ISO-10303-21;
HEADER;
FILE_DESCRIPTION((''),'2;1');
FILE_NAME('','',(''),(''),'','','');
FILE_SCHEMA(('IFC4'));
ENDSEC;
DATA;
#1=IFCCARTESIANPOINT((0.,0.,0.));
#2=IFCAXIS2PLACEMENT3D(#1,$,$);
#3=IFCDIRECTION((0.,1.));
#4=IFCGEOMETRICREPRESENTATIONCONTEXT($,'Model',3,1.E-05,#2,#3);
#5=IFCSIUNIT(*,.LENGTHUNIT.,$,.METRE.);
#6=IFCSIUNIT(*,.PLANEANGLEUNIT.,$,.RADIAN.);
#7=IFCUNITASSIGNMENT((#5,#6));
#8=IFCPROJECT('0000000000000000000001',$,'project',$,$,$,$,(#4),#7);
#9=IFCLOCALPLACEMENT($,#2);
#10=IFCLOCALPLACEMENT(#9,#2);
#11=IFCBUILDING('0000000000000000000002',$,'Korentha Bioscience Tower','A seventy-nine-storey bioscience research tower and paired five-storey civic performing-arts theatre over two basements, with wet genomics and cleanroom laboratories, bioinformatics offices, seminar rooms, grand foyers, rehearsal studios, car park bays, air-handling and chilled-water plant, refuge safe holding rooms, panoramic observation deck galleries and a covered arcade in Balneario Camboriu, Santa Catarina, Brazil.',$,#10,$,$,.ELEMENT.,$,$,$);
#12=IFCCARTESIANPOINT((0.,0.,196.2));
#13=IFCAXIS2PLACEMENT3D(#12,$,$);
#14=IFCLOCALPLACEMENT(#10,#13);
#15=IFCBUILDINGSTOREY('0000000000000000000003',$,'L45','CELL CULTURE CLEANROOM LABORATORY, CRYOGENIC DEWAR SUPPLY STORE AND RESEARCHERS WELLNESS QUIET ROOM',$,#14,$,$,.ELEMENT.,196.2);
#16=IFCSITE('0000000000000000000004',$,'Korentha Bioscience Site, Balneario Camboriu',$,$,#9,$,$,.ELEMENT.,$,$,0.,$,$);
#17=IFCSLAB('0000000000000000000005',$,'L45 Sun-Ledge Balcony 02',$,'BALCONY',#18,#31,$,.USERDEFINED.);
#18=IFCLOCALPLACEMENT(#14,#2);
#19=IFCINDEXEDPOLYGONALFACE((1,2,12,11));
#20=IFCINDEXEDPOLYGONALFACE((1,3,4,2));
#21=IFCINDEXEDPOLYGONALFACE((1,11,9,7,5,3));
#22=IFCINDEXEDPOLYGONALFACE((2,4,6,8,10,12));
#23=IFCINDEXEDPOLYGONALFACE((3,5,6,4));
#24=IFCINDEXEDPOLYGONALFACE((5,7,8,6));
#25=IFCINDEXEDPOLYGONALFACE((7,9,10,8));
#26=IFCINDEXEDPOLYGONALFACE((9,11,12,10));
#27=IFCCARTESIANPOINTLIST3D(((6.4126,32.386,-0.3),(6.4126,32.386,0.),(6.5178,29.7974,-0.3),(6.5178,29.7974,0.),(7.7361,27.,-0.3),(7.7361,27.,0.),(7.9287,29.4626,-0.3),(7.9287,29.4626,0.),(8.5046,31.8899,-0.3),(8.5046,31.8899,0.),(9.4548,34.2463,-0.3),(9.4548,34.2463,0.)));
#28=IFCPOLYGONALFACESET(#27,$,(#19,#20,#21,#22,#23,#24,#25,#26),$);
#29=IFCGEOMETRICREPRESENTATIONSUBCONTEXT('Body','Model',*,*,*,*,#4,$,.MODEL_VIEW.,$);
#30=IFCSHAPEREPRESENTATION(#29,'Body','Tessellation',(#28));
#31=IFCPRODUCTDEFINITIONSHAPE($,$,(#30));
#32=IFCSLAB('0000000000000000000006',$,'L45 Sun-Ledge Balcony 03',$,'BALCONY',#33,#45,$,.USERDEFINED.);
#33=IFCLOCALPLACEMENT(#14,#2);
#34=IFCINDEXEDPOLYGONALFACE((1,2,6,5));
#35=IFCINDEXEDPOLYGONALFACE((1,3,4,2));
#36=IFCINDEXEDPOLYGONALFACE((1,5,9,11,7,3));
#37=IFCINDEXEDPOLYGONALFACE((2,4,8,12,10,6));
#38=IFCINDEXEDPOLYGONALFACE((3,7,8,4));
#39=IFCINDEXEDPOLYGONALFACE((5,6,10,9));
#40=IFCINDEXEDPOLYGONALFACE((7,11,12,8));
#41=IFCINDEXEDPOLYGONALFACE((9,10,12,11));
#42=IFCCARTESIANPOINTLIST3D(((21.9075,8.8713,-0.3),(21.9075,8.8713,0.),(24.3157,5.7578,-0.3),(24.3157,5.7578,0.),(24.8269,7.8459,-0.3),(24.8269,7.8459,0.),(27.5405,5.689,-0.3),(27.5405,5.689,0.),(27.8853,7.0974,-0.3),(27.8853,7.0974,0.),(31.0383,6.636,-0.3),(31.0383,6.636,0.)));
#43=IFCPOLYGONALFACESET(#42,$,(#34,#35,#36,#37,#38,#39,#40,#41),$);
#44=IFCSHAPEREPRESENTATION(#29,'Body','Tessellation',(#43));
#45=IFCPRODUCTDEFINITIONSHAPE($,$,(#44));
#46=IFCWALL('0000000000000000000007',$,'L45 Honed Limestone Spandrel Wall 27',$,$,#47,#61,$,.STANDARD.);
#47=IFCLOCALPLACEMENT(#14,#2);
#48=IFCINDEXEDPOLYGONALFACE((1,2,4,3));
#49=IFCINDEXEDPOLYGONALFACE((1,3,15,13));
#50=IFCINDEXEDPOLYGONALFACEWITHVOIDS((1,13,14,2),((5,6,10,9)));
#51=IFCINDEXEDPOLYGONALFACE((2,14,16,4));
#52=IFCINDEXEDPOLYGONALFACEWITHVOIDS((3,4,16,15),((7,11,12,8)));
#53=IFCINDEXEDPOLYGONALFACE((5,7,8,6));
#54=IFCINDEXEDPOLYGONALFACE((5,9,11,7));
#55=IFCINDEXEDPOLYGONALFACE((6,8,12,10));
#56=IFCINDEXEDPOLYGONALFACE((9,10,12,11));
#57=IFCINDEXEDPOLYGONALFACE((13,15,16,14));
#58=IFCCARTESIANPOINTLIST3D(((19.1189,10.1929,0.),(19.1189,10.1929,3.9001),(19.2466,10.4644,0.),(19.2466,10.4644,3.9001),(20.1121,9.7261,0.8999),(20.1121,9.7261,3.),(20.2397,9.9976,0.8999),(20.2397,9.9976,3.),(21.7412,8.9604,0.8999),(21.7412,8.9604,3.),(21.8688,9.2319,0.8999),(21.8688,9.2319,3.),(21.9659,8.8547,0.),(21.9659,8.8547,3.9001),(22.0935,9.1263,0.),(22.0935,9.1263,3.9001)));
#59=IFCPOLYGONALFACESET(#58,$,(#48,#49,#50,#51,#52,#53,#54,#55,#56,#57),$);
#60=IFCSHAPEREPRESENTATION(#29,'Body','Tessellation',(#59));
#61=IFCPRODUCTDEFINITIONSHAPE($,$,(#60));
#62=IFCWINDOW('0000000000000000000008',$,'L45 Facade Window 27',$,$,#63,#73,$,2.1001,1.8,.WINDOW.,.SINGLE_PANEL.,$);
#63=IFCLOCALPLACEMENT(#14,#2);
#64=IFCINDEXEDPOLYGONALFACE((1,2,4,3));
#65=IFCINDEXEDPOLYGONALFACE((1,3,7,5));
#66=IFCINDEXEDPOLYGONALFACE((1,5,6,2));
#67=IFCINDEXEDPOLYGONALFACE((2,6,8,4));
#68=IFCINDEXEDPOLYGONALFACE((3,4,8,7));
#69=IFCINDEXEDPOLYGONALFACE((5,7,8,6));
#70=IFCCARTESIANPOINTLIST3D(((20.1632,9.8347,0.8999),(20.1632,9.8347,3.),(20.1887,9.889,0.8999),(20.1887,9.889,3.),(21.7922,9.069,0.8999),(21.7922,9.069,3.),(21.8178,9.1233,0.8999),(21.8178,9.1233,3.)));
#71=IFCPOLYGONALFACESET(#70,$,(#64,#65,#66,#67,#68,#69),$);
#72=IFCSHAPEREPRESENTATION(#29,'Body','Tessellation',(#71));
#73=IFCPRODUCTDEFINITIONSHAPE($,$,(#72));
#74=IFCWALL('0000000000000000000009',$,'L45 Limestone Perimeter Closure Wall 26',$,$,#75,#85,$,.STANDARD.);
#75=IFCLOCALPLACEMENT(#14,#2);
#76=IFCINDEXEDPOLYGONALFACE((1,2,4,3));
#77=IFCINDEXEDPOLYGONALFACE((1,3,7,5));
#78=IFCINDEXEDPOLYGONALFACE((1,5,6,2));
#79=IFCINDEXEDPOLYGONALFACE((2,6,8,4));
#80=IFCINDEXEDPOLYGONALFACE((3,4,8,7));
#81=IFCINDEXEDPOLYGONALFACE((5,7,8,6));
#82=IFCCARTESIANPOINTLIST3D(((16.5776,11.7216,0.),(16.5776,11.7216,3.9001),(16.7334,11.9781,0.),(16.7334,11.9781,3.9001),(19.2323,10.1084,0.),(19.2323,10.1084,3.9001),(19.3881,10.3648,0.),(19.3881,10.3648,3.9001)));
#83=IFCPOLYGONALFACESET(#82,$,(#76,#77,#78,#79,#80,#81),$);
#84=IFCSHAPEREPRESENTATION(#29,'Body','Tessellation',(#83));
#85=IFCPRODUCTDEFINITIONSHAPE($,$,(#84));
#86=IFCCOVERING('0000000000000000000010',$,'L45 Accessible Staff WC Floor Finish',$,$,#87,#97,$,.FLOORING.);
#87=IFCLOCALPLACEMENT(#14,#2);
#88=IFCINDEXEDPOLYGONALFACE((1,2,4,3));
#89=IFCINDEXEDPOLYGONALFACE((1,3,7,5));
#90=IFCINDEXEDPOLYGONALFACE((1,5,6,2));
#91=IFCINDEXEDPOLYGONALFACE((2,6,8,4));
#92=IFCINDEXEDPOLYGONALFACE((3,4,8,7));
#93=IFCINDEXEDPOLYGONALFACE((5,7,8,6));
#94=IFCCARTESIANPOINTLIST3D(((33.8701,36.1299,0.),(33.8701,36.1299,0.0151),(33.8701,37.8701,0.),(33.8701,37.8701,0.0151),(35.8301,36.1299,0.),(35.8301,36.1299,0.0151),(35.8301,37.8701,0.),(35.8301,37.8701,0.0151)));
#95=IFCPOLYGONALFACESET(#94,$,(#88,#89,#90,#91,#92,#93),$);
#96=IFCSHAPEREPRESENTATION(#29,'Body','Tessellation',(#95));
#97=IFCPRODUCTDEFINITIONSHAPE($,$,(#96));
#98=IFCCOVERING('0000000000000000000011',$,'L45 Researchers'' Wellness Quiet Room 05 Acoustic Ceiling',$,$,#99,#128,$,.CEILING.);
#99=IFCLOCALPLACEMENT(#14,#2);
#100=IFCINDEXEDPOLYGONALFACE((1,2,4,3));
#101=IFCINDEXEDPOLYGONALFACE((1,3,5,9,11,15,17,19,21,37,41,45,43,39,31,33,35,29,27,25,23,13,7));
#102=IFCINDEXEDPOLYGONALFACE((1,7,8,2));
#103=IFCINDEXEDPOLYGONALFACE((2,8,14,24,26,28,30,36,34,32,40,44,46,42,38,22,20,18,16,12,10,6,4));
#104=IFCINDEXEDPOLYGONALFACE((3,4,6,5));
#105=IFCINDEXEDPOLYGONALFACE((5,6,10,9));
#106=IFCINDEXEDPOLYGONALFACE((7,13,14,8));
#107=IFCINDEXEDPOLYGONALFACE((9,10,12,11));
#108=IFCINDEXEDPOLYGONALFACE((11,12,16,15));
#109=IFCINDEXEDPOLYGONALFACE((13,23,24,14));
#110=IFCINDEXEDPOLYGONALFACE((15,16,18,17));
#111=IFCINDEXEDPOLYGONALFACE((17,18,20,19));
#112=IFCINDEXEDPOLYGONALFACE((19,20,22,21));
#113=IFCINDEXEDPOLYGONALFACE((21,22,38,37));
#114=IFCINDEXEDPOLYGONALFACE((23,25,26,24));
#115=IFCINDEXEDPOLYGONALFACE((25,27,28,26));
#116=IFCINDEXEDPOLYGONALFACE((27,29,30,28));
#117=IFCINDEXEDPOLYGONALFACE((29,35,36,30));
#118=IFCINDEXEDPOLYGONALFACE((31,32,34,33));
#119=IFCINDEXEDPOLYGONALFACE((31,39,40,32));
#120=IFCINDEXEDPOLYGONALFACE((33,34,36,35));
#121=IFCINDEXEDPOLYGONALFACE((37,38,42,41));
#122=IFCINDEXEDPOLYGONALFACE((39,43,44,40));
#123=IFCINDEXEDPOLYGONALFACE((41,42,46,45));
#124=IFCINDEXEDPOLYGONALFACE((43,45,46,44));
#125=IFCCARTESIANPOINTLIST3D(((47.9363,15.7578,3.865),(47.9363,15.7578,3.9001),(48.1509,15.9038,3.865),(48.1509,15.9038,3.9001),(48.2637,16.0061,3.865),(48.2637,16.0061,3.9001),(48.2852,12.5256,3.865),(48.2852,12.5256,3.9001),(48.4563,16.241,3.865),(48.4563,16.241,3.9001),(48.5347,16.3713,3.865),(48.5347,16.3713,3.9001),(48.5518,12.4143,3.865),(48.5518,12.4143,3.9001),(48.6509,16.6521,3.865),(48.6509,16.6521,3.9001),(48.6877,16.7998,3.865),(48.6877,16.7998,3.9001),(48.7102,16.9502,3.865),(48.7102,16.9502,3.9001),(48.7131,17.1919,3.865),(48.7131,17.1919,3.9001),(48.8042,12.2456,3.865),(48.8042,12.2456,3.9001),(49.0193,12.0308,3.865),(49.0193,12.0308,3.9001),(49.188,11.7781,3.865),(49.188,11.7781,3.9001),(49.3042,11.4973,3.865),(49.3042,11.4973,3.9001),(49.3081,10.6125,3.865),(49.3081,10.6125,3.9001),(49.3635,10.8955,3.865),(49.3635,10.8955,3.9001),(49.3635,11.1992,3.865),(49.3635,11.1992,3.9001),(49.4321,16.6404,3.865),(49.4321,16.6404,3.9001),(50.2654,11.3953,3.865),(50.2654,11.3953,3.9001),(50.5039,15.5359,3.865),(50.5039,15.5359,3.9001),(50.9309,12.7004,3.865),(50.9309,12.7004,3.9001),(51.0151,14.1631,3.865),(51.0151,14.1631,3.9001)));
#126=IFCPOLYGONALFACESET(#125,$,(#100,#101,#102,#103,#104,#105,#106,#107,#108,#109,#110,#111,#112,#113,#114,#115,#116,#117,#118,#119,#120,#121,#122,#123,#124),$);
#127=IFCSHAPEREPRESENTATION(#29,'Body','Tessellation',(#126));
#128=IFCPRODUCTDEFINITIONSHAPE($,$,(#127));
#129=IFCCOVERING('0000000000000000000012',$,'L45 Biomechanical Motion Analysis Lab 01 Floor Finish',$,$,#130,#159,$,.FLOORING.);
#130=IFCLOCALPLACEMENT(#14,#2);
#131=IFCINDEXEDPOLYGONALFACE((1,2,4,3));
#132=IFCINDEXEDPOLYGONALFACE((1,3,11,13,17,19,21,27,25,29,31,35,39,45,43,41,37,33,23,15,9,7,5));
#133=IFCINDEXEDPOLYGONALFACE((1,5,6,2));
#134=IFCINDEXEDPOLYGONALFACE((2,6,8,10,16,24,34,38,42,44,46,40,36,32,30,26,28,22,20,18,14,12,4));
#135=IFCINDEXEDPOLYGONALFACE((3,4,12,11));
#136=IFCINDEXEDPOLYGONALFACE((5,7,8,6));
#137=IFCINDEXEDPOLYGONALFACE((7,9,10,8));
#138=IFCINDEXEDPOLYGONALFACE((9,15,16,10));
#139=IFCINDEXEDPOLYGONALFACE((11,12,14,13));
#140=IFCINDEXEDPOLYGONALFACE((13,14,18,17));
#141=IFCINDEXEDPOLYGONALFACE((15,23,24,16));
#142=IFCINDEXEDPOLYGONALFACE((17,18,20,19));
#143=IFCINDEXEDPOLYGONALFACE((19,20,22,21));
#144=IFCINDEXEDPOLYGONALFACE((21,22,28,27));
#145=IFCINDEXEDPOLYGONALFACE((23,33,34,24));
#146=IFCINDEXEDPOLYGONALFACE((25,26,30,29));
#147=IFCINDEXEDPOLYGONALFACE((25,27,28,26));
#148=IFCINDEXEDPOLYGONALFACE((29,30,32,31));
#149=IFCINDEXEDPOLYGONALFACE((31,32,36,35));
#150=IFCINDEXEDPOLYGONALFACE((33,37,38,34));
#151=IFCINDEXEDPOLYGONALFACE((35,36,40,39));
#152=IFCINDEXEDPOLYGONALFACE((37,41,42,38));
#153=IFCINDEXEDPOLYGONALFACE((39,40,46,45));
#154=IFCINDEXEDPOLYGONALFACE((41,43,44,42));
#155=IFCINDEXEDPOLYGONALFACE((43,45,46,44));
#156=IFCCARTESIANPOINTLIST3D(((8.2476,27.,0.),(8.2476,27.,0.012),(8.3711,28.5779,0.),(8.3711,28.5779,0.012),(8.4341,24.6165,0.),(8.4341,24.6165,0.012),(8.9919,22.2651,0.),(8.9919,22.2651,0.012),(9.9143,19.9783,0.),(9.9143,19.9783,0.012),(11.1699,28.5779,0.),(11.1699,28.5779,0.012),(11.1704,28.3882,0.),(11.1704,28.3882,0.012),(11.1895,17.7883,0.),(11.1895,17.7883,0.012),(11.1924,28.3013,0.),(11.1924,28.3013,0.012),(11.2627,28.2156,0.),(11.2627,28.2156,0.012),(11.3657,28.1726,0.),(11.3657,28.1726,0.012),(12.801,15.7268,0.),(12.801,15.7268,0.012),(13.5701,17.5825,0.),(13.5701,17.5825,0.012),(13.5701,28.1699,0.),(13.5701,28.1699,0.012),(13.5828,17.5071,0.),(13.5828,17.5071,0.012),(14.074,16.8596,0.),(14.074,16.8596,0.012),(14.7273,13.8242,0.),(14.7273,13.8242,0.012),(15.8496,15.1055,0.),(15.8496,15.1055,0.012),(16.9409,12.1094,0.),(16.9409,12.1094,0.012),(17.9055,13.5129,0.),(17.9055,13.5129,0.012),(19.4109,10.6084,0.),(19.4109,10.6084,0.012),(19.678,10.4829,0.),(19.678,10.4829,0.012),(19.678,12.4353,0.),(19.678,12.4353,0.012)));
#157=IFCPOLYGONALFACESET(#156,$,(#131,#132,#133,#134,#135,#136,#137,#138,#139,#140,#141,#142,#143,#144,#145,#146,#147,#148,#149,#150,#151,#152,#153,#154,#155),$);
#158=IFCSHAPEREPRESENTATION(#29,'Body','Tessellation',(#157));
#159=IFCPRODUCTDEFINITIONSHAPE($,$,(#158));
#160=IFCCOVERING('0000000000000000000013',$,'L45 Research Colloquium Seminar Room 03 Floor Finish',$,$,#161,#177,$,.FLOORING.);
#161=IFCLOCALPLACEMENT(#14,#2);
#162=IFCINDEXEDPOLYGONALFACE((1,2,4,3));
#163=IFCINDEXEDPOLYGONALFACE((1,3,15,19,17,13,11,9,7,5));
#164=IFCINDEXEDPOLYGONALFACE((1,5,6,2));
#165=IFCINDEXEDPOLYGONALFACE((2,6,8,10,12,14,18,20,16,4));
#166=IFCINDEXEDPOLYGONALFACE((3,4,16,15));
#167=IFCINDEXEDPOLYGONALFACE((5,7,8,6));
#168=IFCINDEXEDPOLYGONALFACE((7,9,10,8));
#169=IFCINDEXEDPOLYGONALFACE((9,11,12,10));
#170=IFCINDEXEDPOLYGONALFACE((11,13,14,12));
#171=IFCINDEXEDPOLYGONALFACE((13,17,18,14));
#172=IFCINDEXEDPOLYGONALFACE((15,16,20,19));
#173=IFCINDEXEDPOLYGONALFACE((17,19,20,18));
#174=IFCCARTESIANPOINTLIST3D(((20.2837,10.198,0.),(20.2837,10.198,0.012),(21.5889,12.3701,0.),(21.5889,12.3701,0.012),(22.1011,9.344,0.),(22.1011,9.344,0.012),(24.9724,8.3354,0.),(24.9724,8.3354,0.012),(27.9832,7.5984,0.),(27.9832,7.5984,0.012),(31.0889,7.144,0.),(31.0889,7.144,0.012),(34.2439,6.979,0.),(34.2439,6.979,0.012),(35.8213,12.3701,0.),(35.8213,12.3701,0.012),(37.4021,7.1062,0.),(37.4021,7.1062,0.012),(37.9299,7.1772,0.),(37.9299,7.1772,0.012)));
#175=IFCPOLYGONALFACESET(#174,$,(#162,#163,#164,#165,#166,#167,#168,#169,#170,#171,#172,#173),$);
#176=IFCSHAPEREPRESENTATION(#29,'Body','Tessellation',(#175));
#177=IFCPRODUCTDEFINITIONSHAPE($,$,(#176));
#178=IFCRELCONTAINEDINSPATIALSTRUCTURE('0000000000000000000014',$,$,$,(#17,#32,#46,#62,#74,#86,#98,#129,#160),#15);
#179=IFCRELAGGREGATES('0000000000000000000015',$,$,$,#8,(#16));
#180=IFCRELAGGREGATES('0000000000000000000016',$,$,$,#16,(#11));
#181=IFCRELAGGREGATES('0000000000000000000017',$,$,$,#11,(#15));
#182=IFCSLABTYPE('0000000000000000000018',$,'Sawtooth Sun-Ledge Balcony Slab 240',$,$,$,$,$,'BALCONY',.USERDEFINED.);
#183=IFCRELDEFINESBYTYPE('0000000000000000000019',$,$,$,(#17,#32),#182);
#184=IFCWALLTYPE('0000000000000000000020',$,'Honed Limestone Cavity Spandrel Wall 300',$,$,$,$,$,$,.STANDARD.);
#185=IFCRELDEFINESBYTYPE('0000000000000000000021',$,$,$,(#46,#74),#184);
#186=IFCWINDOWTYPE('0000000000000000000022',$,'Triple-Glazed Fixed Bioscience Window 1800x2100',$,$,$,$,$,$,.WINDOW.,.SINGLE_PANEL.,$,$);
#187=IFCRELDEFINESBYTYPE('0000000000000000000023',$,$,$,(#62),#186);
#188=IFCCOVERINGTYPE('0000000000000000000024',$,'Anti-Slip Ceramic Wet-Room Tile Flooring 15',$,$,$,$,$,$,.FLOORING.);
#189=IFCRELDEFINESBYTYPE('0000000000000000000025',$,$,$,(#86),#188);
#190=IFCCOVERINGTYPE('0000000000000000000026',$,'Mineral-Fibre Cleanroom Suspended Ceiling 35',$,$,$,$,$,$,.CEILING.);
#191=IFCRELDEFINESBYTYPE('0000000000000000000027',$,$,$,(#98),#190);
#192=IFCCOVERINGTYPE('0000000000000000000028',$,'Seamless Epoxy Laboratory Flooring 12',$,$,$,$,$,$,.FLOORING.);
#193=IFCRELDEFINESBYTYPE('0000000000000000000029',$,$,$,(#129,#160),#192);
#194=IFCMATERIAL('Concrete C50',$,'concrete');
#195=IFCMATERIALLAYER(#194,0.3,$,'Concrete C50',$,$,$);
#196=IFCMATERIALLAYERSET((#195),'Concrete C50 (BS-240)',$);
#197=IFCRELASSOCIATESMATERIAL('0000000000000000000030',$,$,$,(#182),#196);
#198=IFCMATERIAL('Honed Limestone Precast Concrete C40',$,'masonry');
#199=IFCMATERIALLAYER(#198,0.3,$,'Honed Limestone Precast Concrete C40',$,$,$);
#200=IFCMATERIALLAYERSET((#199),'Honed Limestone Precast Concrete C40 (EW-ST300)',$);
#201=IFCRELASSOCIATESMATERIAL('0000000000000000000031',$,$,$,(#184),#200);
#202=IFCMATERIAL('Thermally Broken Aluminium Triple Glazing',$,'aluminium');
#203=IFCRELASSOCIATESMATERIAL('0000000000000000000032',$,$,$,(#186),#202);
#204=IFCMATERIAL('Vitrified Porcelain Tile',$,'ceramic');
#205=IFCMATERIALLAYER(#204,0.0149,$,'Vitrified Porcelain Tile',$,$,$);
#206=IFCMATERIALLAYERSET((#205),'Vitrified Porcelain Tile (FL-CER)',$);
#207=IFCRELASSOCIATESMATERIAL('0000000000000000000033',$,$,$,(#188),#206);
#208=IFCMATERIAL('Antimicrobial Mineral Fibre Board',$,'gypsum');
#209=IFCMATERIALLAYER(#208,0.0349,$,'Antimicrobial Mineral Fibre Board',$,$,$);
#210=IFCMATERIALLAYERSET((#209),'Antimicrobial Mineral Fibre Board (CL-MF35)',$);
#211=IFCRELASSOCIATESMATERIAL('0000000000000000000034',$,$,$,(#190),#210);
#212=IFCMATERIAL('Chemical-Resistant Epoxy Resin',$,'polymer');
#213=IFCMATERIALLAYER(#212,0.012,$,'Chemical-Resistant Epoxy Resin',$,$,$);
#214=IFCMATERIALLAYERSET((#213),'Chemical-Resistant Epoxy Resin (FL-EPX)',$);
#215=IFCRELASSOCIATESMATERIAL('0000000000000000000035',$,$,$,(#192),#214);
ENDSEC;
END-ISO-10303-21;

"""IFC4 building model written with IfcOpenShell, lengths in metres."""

from ifc_helpers import new_model, si_unit, direction, frame, frame_2d, origin, place, context, subcontext, project, spatial, polyline, rectangle, outline, extrude, material, layer, layer_set, type_object, element, fill, save


model = new_model("IFC4")

# Units and contexts
model_context = context("Model", 3, precision=1e-05, world=origin(), true_north=direction((0.0, 1.0)))
body_context = subcontext(model_context, "Body", "Model", "MODEL_VIEW")
ifc_project = project(units=[si_unit("LENGTHUNIT", "METRE"), si_unit("PLANEANGLEUNIT", "RADIAN")], contexts=[model_context])

# Site, building, storey
site_placement = place(None, origin())
site = spatial("IfcSite", under=ifc_project, at=site_placement, Name="Korentha Bioscience Site, Balneario Camboriu", CompositionType="ELEMENT", RefElevation=0.0)
building_placement = place(site_placement, origin())
building = spatial("IfcBuilding", under=site, at=building_placement, Name="Korentha Bioscience Tower", Description="A seventy-nine-storey bioscience research tower and paired five-storey civic performing-arts theatre over two basements, with wet genomics and cleanroom laboratories, bioinformatics offices, seminar rooms, grand foyers, rehearsal studios, car park bays, air-handling and chilled-water plant, refuge safe holding rooms, panoramic observation deck galleries and a covered arcade in Balneario Camboriu, Santa Catarina, Brazil.", CompositionType="ELEMENT")
storey_placement = place(building_placement, frame((0.0, 0.0, 196.2)))
storey = spatial("IfcBuildingStorey", under=building, at=storey_placement, Name="L45", Description="CELL CULTURE CLEANROOM LABORATORY, CRYOGENIC DEWAR SUPPLY STORE AND RESEARCHERS WELLNESS QUIET ROOM", CompositionType="ELEMENT", Elevation=196.2)

# Shared definitions
ifc_material_1 = material(Name="Concrete C50", Category="concrete")

# Slabs
ifc_layer_1 = layer(ifc_material_1, 0.3, Name="Concrete C50")
ifc_layer_set_1 = layer_set([ifc_layer_1], Name="Concrete C50 (BS-240)")
slab_type_1 = type_object("IfcSlabType", Name="Sawtooth Sun-Ledge Balcony Slab 240", ElementType="BALCONY", PredefinedType="USERDEFINED", material=ifc_layer_set_1)
slab_1_placement = place(storey_placement, frame((0.0, 0.0, -0.3)))
element("IfcSlab", 1, at=slab_1_placement, inside=storey, type_object=slab_type_1, Name="L45 Sun-Ledge Balcony 02", ObjectType="BALCONY", PredefinedType="USERDEFINED", context=body_context, shape_type="SweptSolid", body=[
    extrude(outline(polyline([(7.7361, 27.0), (7.9287, 29.4626), (8.5046, 31.8899), (9.4548, 34.2463), (6.4126, 32.386), (6.5178, 29.7974), (7.7361, 27.0)])), origin(), (0.0, 0.0, 1.0), 0.3),
])
slab_2_placement = place(storey_placement, frame((0.0, 0.0, -0.3)))
element("IfcSlab", 2, at=slab_2_placement, inside=storey, type_object=slab_type_1, Name="L45 Sun-Ledge Balcony 03", ObjectType="BALCONY", PredefinedType="USERDEFINED", context=body_context, shape_type="SweptSolid", body=[
    extrude(outline(polyline([(31.0383, 6.636), (27.8853, 7.0974), (24.8269, 7.8459), (21.9075, 8.8713), (24.3157, 5.7578), (27.5405, 5.689), (31.0383, 6.636)])), origin(), (0.0, 0.0, 1.0), 0.3),
])

# Wall, opening, window
ifc_material_2 = material(Name="Honed Limestone Precast Concrete C40", Category="masonry")
ifc_layer_2 = layer(ifc_material_2, 0.3, Name="Honed Limestone Precast Concrete C40")
ifc_layer_set_2 = layer_set([ifc_layer_2], Name="Honed Limestone Precast Concrete C40 (EW-ST300)")
wall_type = type_object("IfcWallType", Name="Honed Limestone Cavity Spandrel Wall 300", PredefinedType="STANDARD", material=ifc_layer_set_2)
wall_1_placement = place(storey_placement, frame((19.1829, 10.3286, 0.0), z_axis=(0.0, 0.0, 1.0), x_axis=(0.905014, -0.425382, 0.0)))
wall_1 = element("IfcWall", 3, at=wall_1_placement, inside=storey, type_object=wall_type, Name="L45 Honed Limestone Spandrel Wall 27", PredefinedType="STANDARD", context=body_context, shape_type="SweptSolid", body=[
    extrude(rectangle(XDim=3.1458, YDim=0.3, at=frame_2d((1.5728, 0.0))), origin(), (0.0, 0.0, 1.0), 3.9001),
])
opening_placement = place(wall_1_placement, frame((1.0974, 0.0, 0.8999)))
opening = element("IfcOpeningElement", 4, at=opening_placement, cuts=wall_1, PredefinedType="OPENING", context=body_context, shape_type="SweptSolid", body=[
    extrude(rectangle(XDim=1.8, YDim=2.1001, at=frame_2d((0.8999, 1.05))), frame((0.0, 0.165, 0.0), z_axis=(0.0, -1.0, 0.0), x_axis=(1.0, 0.0, 0.0)), (0.0, 0.0, 1.0), 0.3298),
])
ifc_material_3 = material(Name="Thermally Broken Aluminium Triple Glazing", Category="aluminium")
window_type = type_object("IfcWindowType", Name="Triple-Glazed Fixed Bioscience Window 1800x2100", PartitioningType="SINGLE_PANEL", PredefinedType="WINDOW", material=ifc_material_3)
window_placement = place(opening_placement, origin())
window = element("IfcWindow", 5, at=window_placement, inside=storey, type_object=window_type, Name="L45 Facade Window 27", OverallHeight=2.1001, OverallWidth=1.8, PartitioningType="SINGLE_PANEL", PredefinedType="WINDOW", context=body_context, shape_type="SweptSolid", body=[
    extrude(rectangle(XDim=1.8, YDim=2.1001, at=frame_2d((0.8999, 1.05))), frame((0.0, 0.03, 0.0), z_axis=(0.0, -1.0, 0.0), x_axis=(1.0, 0.0, 0.0)), (0.0, 0.0, 1.0), 0.0601),
])
fill(opening, window)

# Wall
wall_2_placement = place(storey_placement, frame((16.6555, 11.8499, 0.0), z_axis=(0.0, 0.0, 1.0), x_axis=(0.854581, -0.519319, 0.0)))
element("IfcWall", 6, at=wall_2_placement, inside=storey, type_object=wall_type, Name="L45 Limestone Perimeter Closure Wall 26", PredefinedType="STANDARD", context=body_context, shape_type="SweptSolid", body=[
    extrude(rectangle(XDim=3.1064, YDim=0.3, at=frame_2d((1.5532, 0.0))), origin(), (0.0, 0.0, 1.0), 3.9001),
])

# Coverings
ifc_material_4 = material(Name="Vitrified Porcelain Tile", Category="ceramic")
ifc_layer_3 = layer(ifc_material_4, 0.0149, Name="Vitrified Porcelain Tile")
ifc_layer_set_3 = layer_set([ifc_layer_3], Name="Vitrified Porcelain Tile (FL-CER)")
covering_type_1 = type_object("IfcCoveringType", Name="Anti-Slip Ceramic Wet-Room Tile Flooring 15", PredefinedType="FLOORING", material=ifc_layer_set_3)
covering_1_placement = place(storey_placement, origin())
element("IfcCovering", 7, at=covering_1_placement, inside=storey, type_object=covering_type_1, Name="L45 Accessible Staff WC Floor Finish", PredefinedType="FLOORING", context=body_context, shape_type="SweptSolid", body=[
    extrude(outline(polyline([(33.8701, 36.1299), (33.8701, 37.8701), (35.8301, 37.8701), (35.8301, 36.1299), (33.8701, 36.1299)])), origin(), (0.0, 0.0, 1.0), 0.0151),
])
ifc_material_5 = material(Name="Antimicrobial Mineral Fibre Board", Category="gypsum")
ifc_layer_4 = layer(ifc_material_5, 0.0349, Name="Antimicrobial Mineral Fibre Board")
ifc_layer_set_4 = layer_set([ifc_layer_4], Name="Antimicrobial Mineral Fibre Board (CL-MF35)")
covering_type_2 = type_object("IfcCoveringType", Name="Mineral-Fibre Cleanroom Suspended Ceiling 35", PredefinedType="CEILING", material=ifc_layer_set_4)
covering_2_placement = place(storey_placement, frame((0.0, 0.0, 3.865)))
element("IfcCovering", 8, at=covering_2_placement, inside=storey, type_object=covering_type_2, Name="L45 Researchers' Wellness Quiet Room 05 Acoustic Ceiling", PredefinedType="CEILING", context=body_context, shape_type="SweptSolid", body=[
    extrude(outline(polyline([(49.4321, 16.6404), (50.5039, 15.5359), (51.0151, 14.1631), (50.9309, 12.7004), (50.2654, 11.3953), (49.3081, 10.6125), (49.3635, 10.8955), (49.3635, 11.1992), (49.3042, 11.4973), (49.188, 11.7781), (49.0193, 12.0308), (48.8042, 12.2456), (48.5518, 12.4143), (48.2852, 12.5256), (47.9363, 15.7578), (48.1509, 15.9038), (48.2637, 16.0061), (48.4563, 16.241), (48.5347, 16.3713), (48.6509, 16.6521), (48.6877, 16.7998), (48.7102, 16.9502), (48.7131, 17.1919), (49.4321, 16.6404)])), origin(), (0.0, 0.0, 1.0), 0.0352),
])
ifc_material_6 = material(Name="Chemical-Resistant Epoxy Resin", Category="polymer")
ifc_layer_5 = layer(ifc_material_6, 0.012, Name="Chemical-Resistant Epoxy Resin")
ifc_layer_set_5 = layer_set([ifc_layer_5], Name="Chemical-Resistant Epoxy Resin (FL-EPX)")
covering_type_3 = type_object("IfcCoveringType", Name="Seamless Epoxy Laboratory Flooring 12", PredefinedType="FLOORING", material=ifc_layer_set_5)
covering_3_placement = place(storey_placement, origin())
element("IfcCovering", 9, at=covering_3_placement, inside=storey, type_object=covering_type_3, Name="L45 Biomechanical Motion Analysis Lab 01 Floor Finish", PredefinedType="FLOORING", context=body_context, shape_type="SweptSolid", body=[
    extrude(outline(polyline([(8.3711, 28.5779), (11.1699, 28.5779), (11.1704, 28.3882), (11.1924, 28.3013), (11.2627, 28.2156), (11.3657, 28.1726), (13.5701, 28.1699), (13.5701, 17.5825), (13.5828, 17.5071), (14.074, 16.8596), (15.8496, 15.1055), (17.9055, 13.5129), (19.678, 12.4353), (19.678, 10.4829), (19.4109, 10.6084), (16.9409, 12.1094), (14.7273, 13.8242), (12.801, 15.7268), (11.1895, 17.7883), (9.9143, 19.9783), (8.9919, 22.2651), (8.4341, 24.6165), (8.2476, 27.0), (8.3711, 28.5779)])), origin(), (0.0, 0.0, 1.0), 0.012),
])
covering_4_placement = place(storey_placement, origin())
element("IfcCovering", 10, at=covering_4_placement, inside=storey, type_object=covering_type_3, Name="L45 Research Colloquium Seminar Room 03 Floor Finish", PredefinedType="FLOORING", context=body_context, shape_type="SweptSolid", body=[
    extrude(outline(polyline([(21.5889, 12.3701), (35.8213, 12.3701), (37.9299, 7.1772), (37.4021, 7.1062), (34.2439, 6.979), (31.0889, 7.144), (27.9832, 7.5984), (24.9724, 8.3354), (22.1011, 9.344), (20.2837, 10.198), (21.5889, 12.3701)])), origin(), (0.0, 0.0, 1.0), 0.012),
])

save(model, "model.ifc")
